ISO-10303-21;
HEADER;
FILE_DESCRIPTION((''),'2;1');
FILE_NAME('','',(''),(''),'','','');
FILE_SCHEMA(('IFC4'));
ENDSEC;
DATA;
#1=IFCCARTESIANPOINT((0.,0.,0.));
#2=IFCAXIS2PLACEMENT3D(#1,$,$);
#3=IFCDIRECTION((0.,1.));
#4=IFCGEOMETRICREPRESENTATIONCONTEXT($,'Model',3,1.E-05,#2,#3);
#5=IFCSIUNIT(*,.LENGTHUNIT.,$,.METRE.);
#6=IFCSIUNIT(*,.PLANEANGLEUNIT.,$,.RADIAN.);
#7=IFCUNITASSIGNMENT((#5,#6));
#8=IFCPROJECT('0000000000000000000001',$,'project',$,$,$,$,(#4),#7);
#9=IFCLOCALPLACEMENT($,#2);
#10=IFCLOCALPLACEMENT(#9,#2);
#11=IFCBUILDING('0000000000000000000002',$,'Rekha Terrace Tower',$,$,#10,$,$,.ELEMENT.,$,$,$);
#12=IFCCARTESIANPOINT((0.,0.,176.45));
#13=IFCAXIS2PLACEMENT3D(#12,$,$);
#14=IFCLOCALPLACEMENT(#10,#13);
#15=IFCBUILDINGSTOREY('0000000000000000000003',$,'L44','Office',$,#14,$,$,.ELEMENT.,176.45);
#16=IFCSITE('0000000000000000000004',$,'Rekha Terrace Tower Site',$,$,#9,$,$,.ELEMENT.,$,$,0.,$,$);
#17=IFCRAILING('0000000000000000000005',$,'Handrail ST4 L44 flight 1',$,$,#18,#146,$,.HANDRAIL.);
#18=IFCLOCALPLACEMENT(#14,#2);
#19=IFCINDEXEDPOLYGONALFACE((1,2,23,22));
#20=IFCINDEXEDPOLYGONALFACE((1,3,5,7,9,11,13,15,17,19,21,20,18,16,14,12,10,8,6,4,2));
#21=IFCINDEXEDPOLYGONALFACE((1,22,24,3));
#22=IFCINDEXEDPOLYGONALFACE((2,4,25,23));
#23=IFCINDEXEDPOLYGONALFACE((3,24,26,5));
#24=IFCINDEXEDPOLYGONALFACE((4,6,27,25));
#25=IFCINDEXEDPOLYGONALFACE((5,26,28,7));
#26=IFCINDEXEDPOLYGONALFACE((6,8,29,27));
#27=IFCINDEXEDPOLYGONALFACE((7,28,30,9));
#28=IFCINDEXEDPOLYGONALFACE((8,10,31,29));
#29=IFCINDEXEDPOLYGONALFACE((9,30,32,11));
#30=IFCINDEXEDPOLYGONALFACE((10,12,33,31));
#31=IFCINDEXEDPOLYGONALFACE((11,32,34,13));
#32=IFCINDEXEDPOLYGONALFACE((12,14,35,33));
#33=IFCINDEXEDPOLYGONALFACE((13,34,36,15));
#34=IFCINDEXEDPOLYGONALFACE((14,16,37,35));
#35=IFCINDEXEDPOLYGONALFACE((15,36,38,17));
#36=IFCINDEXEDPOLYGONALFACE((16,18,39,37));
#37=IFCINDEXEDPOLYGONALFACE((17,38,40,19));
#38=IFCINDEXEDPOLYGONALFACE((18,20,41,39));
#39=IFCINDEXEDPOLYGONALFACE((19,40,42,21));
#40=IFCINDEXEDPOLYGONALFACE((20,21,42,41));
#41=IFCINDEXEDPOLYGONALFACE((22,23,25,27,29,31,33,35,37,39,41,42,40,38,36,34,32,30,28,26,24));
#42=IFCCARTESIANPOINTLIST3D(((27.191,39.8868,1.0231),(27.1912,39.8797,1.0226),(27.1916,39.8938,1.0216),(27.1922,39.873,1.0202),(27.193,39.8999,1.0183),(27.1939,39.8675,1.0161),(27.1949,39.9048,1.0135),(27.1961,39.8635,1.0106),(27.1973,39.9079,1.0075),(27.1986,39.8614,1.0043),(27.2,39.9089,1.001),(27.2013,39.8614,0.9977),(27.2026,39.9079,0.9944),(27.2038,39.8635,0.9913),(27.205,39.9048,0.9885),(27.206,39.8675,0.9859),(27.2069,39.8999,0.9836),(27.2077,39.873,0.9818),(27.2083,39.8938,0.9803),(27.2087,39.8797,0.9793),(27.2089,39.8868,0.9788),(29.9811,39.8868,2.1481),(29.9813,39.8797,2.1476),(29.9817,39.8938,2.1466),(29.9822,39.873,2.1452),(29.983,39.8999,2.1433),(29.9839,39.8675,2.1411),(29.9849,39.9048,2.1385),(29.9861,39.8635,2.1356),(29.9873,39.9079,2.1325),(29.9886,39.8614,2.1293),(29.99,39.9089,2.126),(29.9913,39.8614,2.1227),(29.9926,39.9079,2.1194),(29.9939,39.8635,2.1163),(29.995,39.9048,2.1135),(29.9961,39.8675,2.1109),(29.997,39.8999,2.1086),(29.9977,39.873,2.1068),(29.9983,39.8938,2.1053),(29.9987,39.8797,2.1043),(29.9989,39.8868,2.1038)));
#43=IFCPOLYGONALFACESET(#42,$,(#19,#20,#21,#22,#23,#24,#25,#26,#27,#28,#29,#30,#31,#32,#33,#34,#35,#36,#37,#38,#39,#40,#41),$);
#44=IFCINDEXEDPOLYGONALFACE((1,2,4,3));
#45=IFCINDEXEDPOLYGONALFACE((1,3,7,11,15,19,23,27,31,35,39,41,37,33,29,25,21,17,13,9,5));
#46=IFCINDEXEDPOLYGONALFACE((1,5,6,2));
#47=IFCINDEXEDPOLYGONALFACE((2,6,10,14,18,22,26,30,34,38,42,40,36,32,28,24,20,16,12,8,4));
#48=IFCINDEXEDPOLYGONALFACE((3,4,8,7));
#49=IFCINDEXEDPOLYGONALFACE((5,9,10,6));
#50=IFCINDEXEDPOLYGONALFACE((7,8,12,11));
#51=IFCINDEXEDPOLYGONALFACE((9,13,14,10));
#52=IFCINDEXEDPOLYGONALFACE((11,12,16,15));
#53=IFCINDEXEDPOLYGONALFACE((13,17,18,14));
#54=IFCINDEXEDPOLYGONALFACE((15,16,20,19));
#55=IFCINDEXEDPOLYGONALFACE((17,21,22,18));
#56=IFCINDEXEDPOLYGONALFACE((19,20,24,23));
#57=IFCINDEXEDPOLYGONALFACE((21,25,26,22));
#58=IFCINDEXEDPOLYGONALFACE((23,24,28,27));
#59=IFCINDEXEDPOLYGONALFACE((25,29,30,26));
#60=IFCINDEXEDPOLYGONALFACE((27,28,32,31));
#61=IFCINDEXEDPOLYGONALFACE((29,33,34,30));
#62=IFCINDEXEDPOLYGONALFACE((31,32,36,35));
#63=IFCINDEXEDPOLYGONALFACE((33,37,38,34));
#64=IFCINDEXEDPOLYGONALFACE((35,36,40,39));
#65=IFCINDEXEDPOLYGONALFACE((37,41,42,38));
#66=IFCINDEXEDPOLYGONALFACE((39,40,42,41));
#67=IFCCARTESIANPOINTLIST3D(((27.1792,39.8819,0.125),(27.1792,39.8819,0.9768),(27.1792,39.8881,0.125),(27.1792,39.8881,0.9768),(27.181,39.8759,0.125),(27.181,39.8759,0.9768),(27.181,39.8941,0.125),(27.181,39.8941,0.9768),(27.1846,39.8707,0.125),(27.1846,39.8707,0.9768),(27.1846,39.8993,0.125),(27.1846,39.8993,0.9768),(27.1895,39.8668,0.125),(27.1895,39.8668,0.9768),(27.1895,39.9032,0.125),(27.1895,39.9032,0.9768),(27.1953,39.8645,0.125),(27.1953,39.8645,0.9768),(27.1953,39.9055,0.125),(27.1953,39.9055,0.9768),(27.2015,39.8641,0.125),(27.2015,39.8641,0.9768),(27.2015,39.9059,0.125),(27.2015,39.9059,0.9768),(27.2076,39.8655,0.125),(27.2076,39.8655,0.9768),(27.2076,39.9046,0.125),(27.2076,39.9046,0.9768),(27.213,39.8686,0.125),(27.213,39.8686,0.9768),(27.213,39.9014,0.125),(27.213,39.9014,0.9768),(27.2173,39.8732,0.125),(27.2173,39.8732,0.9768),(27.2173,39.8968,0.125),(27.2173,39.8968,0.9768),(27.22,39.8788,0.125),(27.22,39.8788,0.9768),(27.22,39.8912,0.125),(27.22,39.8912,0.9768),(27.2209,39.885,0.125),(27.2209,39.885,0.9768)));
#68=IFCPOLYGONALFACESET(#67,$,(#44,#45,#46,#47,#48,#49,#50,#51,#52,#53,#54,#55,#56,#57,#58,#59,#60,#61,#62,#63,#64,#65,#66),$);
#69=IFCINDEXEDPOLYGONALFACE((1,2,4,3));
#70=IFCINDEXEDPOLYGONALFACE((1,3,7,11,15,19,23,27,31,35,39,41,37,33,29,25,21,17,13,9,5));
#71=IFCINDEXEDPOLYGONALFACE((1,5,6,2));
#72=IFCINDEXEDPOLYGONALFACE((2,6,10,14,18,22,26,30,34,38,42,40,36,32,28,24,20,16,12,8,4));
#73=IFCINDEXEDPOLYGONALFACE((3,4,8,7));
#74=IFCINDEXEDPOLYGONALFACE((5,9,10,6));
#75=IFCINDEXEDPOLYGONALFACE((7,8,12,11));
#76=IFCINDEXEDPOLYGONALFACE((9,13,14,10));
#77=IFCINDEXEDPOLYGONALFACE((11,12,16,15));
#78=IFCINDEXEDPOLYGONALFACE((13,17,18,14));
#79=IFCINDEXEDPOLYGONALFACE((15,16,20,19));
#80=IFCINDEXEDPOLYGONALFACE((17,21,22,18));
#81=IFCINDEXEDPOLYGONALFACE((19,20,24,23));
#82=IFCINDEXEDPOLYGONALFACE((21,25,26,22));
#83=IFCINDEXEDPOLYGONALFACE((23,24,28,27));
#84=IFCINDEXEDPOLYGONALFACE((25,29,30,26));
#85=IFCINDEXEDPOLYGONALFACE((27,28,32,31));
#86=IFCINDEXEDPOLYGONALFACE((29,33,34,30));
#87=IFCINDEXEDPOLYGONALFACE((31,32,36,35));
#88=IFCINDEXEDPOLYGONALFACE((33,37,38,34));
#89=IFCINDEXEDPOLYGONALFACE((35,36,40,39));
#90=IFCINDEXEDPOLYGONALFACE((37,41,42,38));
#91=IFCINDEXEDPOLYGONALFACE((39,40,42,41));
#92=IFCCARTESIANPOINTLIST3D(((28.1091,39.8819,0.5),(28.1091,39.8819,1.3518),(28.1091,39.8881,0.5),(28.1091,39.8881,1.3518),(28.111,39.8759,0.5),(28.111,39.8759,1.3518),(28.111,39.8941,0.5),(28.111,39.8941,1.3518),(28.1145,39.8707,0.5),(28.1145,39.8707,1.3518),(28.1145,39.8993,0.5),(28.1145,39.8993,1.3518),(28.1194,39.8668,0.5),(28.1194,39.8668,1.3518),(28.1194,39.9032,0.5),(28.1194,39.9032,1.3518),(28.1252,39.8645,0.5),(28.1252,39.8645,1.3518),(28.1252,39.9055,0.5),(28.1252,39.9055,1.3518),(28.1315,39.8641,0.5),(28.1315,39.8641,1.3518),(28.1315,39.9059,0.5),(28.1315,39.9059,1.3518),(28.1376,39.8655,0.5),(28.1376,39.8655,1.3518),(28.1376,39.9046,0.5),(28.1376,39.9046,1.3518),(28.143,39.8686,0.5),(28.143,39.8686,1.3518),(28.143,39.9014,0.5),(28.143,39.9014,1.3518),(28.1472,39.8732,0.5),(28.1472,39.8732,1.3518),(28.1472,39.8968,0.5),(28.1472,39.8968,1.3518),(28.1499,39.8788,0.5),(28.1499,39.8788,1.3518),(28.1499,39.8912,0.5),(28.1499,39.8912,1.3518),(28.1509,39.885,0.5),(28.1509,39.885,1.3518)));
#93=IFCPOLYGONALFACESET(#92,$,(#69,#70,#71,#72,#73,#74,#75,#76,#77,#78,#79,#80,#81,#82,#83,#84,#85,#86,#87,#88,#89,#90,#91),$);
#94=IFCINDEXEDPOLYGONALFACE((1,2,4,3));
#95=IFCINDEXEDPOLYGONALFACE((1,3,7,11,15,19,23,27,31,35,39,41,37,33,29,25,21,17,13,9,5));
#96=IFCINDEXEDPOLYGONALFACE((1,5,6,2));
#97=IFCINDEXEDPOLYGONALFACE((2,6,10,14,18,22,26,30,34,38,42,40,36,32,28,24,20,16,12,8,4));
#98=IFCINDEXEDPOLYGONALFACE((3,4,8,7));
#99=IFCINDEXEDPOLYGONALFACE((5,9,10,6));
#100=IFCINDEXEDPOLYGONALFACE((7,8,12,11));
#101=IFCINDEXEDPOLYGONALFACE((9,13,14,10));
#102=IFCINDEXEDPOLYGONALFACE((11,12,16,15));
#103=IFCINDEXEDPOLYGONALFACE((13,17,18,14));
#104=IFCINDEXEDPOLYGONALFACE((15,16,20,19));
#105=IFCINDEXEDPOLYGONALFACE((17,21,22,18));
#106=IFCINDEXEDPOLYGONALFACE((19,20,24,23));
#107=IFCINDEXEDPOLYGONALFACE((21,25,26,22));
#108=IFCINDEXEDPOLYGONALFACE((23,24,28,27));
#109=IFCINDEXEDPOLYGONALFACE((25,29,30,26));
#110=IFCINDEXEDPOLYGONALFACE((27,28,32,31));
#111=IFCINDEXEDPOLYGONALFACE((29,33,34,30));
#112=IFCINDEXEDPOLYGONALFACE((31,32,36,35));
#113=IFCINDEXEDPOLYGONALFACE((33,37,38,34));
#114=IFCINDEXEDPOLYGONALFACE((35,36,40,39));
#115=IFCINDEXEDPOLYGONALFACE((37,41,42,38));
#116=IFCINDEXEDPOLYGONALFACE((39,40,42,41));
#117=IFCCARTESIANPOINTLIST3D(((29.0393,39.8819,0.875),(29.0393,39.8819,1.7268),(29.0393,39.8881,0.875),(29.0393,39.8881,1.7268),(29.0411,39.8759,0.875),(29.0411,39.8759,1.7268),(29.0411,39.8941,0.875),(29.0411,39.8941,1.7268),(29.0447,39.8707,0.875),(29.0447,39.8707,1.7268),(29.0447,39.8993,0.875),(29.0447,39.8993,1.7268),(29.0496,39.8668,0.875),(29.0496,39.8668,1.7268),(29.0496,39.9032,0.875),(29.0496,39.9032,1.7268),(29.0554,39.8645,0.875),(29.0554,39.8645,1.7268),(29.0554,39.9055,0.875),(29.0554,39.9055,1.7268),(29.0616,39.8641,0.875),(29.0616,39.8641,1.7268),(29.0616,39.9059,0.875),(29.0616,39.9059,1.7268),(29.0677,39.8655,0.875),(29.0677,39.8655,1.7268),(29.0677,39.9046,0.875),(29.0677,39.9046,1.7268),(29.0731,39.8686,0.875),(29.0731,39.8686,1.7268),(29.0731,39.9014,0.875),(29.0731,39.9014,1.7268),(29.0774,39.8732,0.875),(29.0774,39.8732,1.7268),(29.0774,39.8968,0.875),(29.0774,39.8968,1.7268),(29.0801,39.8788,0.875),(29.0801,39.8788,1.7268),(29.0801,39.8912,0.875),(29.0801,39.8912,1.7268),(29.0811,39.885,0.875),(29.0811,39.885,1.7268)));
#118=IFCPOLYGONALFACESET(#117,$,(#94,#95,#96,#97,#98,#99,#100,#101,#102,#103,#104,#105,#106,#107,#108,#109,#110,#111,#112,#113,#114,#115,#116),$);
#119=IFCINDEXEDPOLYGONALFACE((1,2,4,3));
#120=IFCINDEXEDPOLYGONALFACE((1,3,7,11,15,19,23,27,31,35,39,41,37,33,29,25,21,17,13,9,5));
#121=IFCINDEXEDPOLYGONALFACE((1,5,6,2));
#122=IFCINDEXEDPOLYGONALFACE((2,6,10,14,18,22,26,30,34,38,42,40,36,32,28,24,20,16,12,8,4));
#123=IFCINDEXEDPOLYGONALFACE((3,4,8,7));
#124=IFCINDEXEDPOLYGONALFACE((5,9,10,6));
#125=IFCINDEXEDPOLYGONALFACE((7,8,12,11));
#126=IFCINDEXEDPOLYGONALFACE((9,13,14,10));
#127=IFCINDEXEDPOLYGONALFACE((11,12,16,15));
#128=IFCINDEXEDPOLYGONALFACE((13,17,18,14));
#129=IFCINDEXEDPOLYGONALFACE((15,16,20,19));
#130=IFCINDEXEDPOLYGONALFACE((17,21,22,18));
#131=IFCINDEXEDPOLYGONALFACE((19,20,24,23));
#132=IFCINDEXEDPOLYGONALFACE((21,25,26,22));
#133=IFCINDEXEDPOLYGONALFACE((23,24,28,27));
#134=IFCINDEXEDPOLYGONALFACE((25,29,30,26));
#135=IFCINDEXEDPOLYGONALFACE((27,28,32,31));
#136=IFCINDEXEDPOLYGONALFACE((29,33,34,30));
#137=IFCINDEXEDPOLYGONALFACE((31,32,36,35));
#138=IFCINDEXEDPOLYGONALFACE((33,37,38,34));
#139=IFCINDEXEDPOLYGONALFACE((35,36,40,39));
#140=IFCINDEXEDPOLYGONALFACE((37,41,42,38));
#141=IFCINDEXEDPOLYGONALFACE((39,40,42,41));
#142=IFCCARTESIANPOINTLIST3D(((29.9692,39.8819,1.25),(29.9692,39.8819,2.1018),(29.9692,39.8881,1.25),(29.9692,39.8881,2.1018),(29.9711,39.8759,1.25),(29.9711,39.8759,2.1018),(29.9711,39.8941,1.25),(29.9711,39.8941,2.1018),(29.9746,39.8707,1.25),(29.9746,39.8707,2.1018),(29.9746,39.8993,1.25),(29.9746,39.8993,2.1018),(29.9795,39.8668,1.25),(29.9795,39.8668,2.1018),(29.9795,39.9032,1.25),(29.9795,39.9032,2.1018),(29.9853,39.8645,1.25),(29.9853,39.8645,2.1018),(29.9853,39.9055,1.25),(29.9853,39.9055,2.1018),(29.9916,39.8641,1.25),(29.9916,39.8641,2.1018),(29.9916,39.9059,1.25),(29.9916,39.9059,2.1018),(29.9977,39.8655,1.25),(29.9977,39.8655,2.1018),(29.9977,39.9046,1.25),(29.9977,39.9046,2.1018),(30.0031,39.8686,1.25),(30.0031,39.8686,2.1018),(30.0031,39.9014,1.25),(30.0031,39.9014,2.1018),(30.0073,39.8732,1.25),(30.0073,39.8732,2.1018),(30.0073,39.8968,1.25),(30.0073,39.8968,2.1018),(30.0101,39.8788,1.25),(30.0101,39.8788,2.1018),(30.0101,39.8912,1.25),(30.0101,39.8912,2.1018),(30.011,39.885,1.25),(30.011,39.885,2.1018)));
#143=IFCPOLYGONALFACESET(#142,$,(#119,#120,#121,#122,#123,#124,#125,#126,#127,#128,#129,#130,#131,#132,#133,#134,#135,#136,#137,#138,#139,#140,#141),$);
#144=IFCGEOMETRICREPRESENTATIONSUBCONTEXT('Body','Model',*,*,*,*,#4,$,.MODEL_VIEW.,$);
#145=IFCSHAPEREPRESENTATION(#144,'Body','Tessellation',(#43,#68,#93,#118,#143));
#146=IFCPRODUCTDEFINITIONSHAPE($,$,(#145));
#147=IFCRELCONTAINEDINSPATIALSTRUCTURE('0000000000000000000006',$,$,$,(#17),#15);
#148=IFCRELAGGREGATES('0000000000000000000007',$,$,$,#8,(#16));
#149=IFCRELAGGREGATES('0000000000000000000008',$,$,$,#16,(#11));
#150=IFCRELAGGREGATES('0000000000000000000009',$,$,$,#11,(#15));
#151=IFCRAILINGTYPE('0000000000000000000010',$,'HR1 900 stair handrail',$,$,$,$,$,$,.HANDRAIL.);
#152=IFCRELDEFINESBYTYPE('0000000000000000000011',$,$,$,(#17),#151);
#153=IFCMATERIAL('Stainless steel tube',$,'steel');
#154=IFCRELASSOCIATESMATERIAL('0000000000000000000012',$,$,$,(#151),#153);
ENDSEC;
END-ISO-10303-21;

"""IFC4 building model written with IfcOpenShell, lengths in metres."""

from ifc_helpers import new_model, si_unit, direction, frame, origin, origin_2d, place, context, subcontext, project, spatial, circle, extrude, material, type_object, element, save


model = new_model("IFC4")

# Units and contexts
model_context = context("Model", 3, precision=1e-05, world=origin(), true_north=direction((0.0, 1.0)))
body_context = subcontext(model_context, "Body", "Model", "MODEL_VIEW")
ifc_project = project(units=[si_unit("LENGTHUNIT", "METRE"), si_unit("PLANEANGLEUNIT", "RADIAN")], contexts=[model_context])

# Site, building, storey
site_placement = place(None, origin())
site = spatial("IfcSite", under=ifc_project, at=site_placement, Name="Rekha Terrace Tower Site", CompositionType="ELEMENT", RefElevation=0.0)
building_placement = place(site_placement, origin())
building = spatial("IfcBuilding", under=site, at=building_placement, Name="Rekha Terrace Tower", CompositionType="ELEMENT")
storey_placement = place(building_placement, frame((0.0, 0.0, 176.45)))
storey = spatial("IfcBuildingStorey", under=building, at=storey_placement, Name="L44", Description="Office", CompositionType="ELEMENT", Elevation=176.45)

# Railing
ifc_material_1 = material(Name="Stainless steel tube", Category="steel")
railing_type_1 = type_object("IfcRailingType", Name="HR1 900 stair handrail", PredefinedType="HANDRAIL", material=ifc_material_1)
railing_1_placement = place(storey_placement, frame((27.2, 39.885, 0.125)))
element("IfcRailing", 1, at=railing_1_placement, inside=storey, type_object=railing_type_1, Name="Handrail ST4 L44 flight 1", PredefinedType="HANDRAIL", context=body_context, shape_type="SweptSolid", body=[
    extrude(circle(Radius=0.0239, at=origin_2d()), frame((0.0, 0.0, 0.876), z_axis=(0.927443, 0.0, 0.373964), x_axis=(0.0, 1.0, 0.0)), (0.0, 0.0, 1.0), 3.0083),
    extrude(circle(Radius=0.021, at=origin_2d()), origin(), (0.0, 0.0, 1.0), 0.8518),
    extrude(circle(Radius=0.021, at=origin_2d()), frame((0.9299, 0.0, 0.375)), (0.0, 0.0, 1.0), 0.8518),
    extrude(circle(Radius=0.021, at=origin_2d()), frame((1.8601, 0.0, 0.75)), (0.0, 0.0, 1.0), 0.8518),
    extrude(circle(Radius=0.021, at=origin_2d()), frame((2.79, 0.0, 1.125)), (0.0, 0.0, 1.0), 0.8518),
])

save(model, "model.ifc")
